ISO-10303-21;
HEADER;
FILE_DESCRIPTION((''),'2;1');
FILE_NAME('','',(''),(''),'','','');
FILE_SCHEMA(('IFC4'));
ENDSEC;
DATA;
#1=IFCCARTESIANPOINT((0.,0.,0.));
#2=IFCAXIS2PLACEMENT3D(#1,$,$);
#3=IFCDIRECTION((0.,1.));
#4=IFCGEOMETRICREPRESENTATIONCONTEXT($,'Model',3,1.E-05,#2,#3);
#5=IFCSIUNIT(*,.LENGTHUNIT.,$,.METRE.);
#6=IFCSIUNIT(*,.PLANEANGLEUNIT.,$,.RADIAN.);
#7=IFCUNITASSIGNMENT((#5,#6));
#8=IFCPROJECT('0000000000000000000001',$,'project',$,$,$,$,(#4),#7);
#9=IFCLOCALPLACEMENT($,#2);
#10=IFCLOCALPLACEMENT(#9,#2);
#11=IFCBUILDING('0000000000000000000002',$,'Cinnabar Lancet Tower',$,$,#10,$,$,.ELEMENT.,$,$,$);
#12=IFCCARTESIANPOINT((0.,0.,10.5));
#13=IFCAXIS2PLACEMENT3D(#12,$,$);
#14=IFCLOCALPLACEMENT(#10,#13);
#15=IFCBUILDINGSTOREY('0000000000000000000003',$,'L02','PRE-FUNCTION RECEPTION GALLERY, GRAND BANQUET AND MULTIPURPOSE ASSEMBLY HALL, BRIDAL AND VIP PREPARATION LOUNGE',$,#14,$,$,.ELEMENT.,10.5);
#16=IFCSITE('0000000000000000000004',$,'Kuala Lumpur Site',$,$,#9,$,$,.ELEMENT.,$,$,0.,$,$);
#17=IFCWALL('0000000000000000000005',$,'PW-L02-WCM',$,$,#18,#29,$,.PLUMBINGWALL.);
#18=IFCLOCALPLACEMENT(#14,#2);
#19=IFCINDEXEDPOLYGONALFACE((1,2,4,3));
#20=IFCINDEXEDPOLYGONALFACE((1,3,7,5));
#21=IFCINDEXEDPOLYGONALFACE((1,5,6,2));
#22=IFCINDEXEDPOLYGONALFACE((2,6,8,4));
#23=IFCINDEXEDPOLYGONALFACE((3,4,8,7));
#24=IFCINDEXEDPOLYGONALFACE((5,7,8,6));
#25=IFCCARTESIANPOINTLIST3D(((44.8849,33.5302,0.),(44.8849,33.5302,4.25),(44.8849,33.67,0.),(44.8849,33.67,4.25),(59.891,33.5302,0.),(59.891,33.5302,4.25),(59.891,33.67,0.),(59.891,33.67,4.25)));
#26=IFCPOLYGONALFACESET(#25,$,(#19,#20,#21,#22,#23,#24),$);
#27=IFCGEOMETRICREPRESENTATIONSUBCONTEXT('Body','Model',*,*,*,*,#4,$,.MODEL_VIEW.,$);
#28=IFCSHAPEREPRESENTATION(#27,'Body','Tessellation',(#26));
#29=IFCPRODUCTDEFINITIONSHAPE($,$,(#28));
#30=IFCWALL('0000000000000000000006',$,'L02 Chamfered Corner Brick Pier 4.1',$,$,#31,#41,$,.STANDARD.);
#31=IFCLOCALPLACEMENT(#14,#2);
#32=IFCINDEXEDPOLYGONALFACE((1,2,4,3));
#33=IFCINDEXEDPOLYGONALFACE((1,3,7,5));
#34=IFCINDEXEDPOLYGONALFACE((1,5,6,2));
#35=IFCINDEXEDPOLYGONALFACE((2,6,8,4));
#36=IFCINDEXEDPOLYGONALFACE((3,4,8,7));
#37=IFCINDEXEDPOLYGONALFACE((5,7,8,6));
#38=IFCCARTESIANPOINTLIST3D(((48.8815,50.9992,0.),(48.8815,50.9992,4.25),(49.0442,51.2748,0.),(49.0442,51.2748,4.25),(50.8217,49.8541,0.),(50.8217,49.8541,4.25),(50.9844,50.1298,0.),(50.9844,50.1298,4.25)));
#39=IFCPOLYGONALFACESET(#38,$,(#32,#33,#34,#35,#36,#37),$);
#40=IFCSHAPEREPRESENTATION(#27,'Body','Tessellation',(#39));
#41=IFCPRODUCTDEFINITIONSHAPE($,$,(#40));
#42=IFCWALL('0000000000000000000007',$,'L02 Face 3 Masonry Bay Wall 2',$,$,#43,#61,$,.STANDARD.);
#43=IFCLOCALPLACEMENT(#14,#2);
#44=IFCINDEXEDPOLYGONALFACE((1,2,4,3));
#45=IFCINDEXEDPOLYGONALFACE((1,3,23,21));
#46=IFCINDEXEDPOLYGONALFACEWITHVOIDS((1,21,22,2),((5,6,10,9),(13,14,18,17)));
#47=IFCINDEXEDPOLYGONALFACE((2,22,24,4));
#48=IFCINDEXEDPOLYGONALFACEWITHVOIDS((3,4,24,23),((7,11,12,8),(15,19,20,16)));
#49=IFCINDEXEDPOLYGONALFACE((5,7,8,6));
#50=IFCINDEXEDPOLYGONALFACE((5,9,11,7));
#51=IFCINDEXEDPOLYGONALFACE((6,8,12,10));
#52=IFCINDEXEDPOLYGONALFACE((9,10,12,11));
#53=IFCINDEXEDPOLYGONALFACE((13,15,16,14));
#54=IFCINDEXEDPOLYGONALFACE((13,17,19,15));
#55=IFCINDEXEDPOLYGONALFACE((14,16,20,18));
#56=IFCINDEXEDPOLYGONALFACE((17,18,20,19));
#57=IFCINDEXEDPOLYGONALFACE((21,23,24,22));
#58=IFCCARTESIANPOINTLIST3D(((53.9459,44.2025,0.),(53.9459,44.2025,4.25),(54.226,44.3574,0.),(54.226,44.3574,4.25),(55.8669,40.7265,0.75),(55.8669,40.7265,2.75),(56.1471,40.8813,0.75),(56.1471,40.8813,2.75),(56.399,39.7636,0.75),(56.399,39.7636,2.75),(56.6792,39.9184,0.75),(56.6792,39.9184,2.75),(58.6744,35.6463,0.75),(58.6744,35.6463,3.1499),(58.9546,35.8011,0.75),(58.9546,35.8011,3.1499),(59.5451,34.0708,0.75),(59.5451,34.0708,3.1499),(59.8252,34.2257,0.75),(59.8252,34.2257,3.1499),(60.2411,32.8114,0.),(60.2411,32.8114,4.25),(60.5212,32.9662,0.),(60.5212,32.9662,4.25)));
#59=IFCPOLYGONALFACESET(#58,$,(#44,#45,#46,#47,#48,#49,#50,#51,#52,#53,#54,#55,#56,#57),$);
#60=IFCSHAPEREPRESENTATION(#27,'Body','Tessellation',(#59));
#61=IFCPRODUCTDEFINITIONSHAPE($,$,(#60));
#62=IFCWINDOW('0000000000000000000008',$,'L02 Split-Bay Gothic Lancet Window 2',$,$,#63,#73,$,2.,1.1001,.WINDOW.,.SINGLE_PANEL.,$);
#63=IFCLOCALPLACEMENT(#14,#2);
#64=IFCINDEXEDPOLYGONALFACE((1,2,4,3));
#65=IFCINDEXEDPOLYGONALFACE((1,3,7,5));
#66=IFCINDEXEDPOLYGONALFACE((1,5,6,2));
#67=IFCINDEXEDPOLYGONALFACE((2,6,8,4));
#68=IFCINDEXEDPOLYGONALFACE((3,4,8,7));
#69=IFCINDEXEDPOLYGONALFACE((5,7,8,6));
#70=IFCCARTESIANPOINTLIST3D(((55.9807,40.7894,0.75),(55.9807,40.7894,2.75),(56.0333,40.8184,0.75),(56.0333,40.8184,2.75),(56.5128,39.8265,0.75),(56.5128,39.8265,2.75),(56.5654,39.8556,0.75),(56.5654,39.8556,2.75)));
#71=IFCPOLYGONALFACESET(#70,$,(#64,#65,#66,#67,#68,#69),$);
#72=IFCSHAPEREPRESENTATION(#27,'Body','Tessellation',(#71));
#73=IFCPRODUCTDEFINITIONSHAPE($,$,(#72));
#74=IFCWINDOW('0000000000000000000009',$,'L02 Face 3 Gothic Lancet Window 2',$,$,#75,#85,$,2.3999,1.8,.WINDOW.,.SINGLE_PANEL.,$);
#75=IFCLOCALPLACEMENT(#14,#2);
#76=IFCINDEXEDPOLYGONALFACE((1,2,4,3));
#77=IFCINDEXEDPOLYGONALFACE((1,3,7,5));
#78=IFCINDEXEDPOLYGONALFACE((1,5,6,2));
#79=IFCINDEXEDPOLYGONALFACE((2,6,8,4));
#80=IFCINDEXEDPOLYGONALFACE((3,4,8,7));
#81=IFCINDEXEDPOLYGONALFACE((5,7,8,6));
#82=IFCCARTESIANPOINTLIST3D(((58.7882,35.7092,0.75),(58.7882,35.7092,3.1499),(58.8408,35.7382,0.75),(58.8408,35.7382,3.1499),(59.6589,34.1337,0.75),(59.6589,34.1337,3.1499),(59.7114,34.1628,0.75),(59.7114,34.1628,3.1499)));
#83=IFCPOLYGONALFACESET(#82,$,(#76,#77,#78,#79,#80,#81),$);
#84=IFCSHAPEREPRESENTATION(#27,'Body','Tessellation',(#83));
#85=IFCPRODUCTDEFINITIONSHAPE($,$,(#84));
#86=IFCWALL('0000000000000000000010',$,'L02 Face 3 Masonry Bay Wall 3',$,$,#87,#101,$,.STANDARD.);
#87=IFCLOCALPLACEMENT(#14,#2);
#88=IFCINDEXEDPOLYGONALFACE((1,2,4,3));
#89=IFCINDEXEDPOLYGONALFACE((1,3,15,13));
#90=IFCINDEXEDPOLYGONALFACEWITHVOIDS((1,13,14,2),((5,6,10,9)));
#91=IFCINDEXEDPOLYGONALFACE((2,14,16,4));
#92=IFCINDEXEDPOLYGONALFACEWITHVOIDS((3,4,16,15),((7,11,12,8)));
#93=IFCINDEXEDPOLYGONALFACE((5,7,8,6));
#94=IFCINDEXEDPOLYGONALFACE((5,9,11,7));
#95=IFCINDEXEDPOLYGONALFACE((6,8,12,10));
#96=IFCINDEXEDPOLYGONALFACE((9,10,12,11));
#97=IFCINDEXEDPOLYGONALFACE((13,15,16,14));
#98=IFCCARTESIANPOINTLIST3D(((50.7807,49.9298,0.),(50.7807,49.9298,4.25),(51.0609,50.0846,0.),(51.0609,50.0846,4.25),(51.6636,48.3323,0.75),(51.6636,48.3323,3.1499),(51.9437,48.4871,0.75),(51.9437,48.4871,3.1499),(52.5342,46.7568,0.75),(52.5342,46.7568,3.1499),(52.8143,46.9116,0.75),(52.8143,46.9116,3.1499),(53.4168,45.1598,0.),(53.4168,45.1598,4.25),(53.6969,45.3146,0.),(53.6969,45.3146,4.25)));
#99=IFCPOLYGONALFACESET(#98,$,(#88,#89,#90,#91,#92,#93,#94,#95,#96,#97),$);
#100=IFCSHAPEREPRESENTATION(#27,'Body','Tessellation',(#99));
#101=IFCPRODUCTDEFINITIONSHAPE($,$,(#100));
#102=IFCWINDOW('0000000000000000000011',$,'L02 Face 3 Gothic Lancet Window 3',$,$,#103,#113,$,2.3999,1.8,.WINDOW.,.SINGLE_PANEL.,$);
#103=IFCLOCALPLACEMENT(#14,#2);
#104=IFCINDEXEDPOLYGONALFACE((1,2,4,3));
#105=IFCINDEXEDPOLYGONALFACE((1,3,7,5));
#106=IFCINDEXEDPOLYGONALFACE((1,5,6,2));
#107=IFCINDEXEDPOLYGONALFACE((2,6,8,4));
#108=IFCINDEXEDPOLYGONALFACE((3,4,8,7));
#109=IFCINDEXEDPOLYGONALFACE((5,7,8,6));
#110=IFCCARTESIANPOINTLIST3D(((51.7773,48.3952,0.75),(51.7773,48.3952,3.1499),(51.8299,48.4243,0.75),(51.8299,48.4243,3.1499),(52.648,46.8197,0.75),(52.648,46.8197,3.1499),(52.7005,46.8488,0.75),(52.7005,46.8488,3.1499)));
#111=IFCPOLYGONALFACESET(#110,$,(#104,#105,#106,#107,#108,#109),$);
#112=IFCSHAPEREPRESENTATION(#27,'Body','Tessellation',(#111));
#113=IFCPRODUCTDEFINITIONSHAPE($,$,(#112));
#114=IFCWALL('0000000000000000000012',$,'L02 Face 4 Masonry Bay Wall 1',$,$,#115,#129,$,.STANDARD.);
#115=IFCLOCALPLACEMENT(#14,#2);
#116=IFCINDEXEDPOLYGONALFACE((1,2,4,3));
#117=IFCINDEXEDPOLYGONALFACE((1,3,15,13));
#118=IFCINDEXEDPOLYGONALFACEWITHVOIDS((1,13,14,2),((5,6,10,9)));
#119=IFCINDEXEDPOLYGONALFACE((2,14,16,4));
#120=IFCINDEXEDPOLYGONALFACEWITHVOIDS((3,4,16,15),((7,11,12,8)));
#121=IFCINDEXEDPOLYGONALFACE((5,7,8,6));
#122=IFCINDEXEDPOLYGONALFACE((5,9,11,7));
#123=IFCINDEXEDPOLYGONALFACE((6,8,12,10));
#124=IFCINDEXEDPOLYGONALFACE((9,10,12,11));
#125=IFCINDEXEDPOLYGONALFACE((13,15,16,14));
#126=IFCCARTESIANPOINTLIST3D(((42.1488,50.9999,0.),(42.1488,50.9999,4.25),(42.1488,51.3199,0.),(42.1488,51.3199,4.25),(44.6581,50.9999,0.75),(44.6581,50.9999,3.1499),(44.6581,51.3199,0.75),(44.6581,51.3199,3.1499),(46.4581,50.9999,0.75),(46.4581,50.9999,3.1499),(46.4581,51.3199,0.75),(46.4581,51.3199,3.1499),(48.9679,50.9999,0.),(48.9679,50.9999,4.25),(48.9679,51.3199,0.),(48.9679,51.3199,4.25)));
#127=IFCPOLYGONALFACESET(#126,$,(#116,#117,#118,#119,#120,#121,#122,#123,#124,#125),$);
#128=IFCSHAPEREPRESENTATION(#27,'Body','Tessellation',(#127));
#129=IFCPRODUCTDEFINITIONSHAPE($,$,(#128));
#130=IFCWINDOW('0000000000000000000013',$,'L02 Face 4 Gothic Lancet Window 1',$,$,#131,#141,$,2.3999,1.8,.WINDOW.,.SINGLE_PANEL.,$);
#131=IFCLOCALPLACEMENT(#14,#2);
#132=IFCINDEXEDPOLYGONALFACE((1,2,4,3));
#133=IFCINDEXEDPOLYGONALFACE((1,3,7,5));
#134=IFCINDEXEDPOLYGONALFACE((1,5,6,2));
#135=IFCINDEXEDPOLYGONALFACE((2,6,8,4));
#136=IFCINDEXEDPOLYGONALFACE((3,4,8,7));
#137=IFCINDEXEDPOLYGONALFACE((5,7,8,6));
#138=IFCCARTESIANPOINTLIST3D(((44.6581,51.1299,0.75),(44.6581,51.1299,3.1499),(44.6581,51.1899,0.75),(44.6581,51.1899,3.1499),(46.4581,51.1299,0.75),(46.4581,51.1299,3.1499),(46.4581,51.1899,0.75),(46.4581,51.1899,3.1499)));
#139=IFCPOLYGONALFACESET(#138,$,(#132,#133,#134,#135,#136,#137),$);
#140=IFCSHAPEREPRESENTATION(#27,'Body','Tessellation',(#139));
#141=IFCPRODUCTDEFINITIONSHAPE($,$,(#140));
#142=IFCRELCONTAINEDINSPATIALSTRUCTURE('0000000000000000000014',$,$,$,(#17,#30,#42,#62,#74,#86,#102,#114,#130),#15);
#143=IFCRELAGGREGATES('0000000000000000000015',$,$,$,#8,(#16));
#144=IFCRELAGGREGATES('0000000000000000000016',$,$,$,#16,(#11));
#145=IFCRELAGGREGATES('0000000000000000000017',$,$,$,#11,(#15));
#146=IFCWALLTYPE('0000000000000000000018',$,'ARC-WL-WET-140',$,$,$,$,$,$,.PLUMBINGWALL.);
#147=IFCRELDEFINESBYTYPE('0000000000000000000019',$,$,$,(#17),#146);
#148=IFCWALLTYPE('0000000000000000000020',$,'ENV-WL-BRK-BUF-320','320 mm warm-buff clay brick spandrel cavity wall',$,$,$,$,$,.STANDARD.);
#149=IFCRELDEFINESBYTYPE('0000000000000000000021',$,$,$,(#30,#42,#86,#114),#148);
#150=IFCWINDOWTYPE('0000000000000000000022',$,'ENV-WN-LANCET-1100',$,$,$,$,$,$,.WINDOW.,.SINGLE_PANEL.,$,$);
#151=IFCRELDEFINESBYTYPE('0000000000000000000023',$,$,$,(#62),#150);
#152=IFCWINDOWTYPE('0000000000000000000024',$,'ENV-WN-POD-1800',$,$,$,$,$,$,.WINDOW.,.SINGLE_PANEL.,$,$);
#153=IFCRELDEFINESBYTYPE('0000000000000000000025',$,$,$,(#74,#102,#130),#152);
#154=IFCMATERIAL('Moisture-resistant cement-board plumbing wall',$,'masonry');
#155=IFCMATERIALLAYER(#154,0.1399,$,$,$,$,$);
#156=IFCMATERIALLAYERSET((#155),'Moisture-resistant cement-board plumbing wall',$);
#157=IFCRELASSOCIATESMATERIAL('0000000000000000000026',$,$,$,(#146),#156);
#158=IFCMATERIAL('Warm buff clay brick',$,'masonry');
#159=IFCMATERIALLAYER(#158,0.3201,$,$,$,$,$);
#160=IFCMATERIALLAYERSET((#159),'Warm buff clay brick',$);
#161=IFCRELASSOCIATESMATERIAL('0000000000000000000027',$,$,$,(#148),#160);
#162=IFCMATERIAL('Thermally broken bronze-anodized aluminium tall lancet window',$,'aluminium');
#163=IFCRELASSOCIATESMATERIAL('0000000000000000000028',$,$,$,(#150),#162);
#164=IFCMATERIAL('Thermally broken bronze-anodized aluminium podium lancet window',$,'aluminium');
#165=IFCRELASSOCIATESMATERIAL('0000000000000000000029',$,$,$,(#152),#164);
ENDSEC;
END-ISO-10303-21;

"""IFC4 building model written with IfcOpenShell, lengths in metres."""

from ifc_helpers import new_model, si_unit, direction, frame, frame_2d, origin, place, context, subcontext, project, spatial, rectangle, extrude, material, layer, layer_set, type_object, element, fill, save


model = new_model("IFC4")

# Units and contexts
model_context = context("Model", 3, precision=1e-05, world=origin(), true_north=direction((0.0, 1.0)))
body_context = subcontext(model_context, "Body", "Model", "MODEL_VIEW")
ifc_project = project(units=[si_unit("LENGTHUNIT", "METRE"), si_unit("PLANEANGLEUNIT", "RADIAN")], contexts=[model_context])

# Site, building, storey
site_placement = place(None, origin())
site = spatial("IfcSite", under=ifc_project, at=site_placement, Name="Kuala Lumpur Site", CompositionType="ELEMENT", RefElevation=0.0)
building_placement = place(site_placement, origin())
building = spatial("IfcBuilding", under=site, at=building_placement, Name="Cinnabar Lancet Tower", CompositionType="ELEMENT")
storey_placement = place(building_placement, frame((0.0, 0.0, 10.5)))
storey = spatial("IfcBuildingStorey", under=building, at=storey_placement, Name="L02", Description="PRE-FUNCTION RECEPTION GALLERY, GRAND BANQUET AND MULTIPURPOSE ASSEMBLY HALL, BRIDAL AND VIP PREPARATION LOUNGE", CompositionType="ELEMENT", Elevation=10.5)

# Walls
ifc_material_1 = material(Name="Moisture-resistant cement-board plumbing wall", Category="masonry")
ifc_layer_1 = layer(ifc_material_1, 0.1399)
ifc_layer_set_1 = layer_set([ifc_layer_1], Name="Moisture-resistant cement-board plumbing wall")
wall_type_1 = type_object("IfcWallType", Name="ARC-WL-WET-140", PredefinedType="PLUMBINGWALL", material=ifc_layer_set_1)
wall_1_placement = place(storey_placement, frame((44.885, 33.6001, 0.0), z_axis=(0.0, 0.0, 1.0), x_axis=(1.0, 0.0, 0.0)))
element("IfcWall", 1, at=wall_1_placement, inside=storey, type_object=wall_type_1, Name="PW-L02-WCM", PredefinedType="PLUMBINGWALL", context=body_context, shape_type="SweptSolid", body=[
    extrude(rectangle(XDim=15.0061, YDim=0.1399, at=frame_2d((7.5029, 0.0))), origin(), (0.0, 0.0, 1.0), 4.25),
])
ifc_material_2 = material(Name="Warm buff clay brick", Category="masonry")
ifc_layer_2 = layer(ifc_material_2, 0.3201)
ifc_layer_set_2 = layer_set([ifc_layer_2], Name="Warm buff clay brick")
wall_type_2 = type_object("IfcWallType", Name="ENV-WL-BRK-BUF-320", Description="320 mm warm-buff clay brick spandrel cavity wall", PredefinedType="STANDARD", material=ifc_layer_set_2)
wall_2_placement = place(storey_placement, frame((50.9031, 49.9919, 0.0), z_axis=(0.0, 0.0, 1.0), x_axis=(-0.861209, 0.508251, 0.0)))
element("IfcWall", 2, at=wall_2_placement, inside=storey, type_object=wall_type_2, Name="L02 Chamfered Corner Brick Pier 4.1", PredefinedType="STANDARD", context=body_context, shape_type="SweptSolid", body=[
    extrude(rectangle(XDim=2.2529, YDim=0.3201, at=frame_2d((1.1265, 0.0))), origin(), (0.0, 0.0, 1.0), 4.25),
])

# Wall, openings, windows
wall_3_placement = place(storey_placement, frame((60.3811, 32.8889, 0.0), z_axis=(0.0, 0.0, 1.0), x_axis=(-0.483691, 0.875239, 0.0)))
wall_3 = element("IfcWall", 3, at=wall_3_placement, inside=storey, type_object=wall_type_2, Name="L02 Face 3 Masonry Bay Wall 2", PredefinedType="STANDARD", context=body_context, shape_type="SweptSolid", body=[
    extrude(rectangle(XDim=13.0149, YDim=0.3201, at=frame_2d((6.5073, 0.0))), origin(), (0.0, 0.0, 1.0), 4.25),
])
opening_1_placement = place(wall_3_placement, frame((1.439, 0.0, 0.75)))
opening_1 = element("IfcOpeningElement", 4, at=opening_1_placement, cuts=wall_3, PredefinedType="OPENING", context=body_context, shape_type="SweptSolid", body=[
    extrude(rectangle(XDim=1.8, YDim=2.3999, at=frame_2d((0.8999, 1.2))), frame((0.0, 0.1699, 0.0), z_axis=(0.0, -1.0, 0.0), x_axis=(1.0, 0.0, 0.0)), (0.0, 0.0, 1.0), 0.3401),
])
opening_2_placement = place(wall_3_placement, frame((7.9431, 0.0, 0.75)))
opening_2 = element("IfcOpeningElement", 5, at=opening_2_placement, cuts=wall_3, PredefinedType="OPENING", context=body_context, shape_type="SweptSolid", body=[
    extrude(rectangle(XDim=1.1001, YDim=2.0, at=frame_2d((0.55, 1.0))), frame((0.0, 0.1699, 0.0), z_axis=(0.0, -1.0, 0.0), x_axis=(1.0, 0.0, 0.0)), (0.0, 0.0, 1.0), 0.3401),
])
ifc_material_3 = material(Name="Thermally broken bronze-anodized aluminium tall lancet window", Category="aluminium")
window_type_1 = type_object("IfcWindowType", Name="ENV-WN-LANCET-1100", PartitioningType="SINGLE_PANEL", PredefinedType="WINDOW", material=ifc_material_3)
window_1_placement = place(opening_2_placement, origin())
window_1 = element("IfcWindow", 6, at=window_1_placement, inside=storey, type_object=window_type_1, Name="L02 Split-Bay Gothic Lancet Window 2", OverallHeight=2.0, OverallWidth=1.1001, PartitioningType="SINGLE_PANEL", PredefinedType="WINDOW", context=body_context, shape_type="SweptSolid", body=[
    extrude(rectangle(XDim=1.1001, YDim=2.0, at=frame_2d((0.55, 1.0))), frame((0.0, 0.03, 0.0), z_axis=(0.0, -1.0, 0.0), x_axis=(1.0, 0.0, 0.0)), (0.0, 0.0, 1.0), 0.0601),
])
fill(opening_2, window_1)
ifc_material_4 = material(Name="Thermally broken bronze-anodized aluminium podium lancet window", Category="aluminium")
window_type_2 = type_object("IfcWindowType", Name="ENV-WN-POD-1800", PartitioningType="SINGLE_PANEL", PredefinedType="WINDOW", material=ifc_material_4)
window_2_placement = place(opening_1_placement, origin())
window_2 = element("IfcWindow", 7, at=window_2_placement, inside=storey, type_object=window_type_2, Name="L02 Face 3 Gothic Lancet Window 2", OverallHeight=2.3999, OverallWidth=1.8, PartitioningType="SINGLE_PANEL", PredefinedType="WINDOW", context=body_context, shape_type="SweptSolid", body=[
    extrude(rectangle(XDim=1.8, YDim=2.3999, at=frame_2d((0.8999, 1.2))), frame((0.0, 0.03, 0.0), z_axis=(0.0, -1.0, 0.0), x_axis=(1.0, 0.0, 0.0)), (0.0, 0.0, 1.0), 0.0601),
])
fill(opening_1, window_2)

# Walls, openings, windows
wall_4_placement = place(storey_placement, frame((53.5569, 45.2371, 0.0), z_axis=(0.0, 0.0, 1.0), x_axis=(-0.483675, 0.875248, 0.0)))
wall_4 = element("IfcWall", 8, at=wall_4_placement, inside=storey, type_object=wall_type_2, Name="L02 Face 3 Masonry Bay Wall 3", PredefinedType="STANDARD", context=body_context, shape_type="SweptSolid", body=[
    extrude(rectangle(XDim=5.45, YDim=0.3201, at=frame_2d((2.7251, 0.0))), origin(), (0.0, 0.0, 1.0), 4.25),
])
opening_3_placement = place(wall_4_placement, frame((1.825, 0.0, 0.75)))
opening_3 = element("IfcOpeningElement", 9, at=opening_3_placement, cuts=wall_4, PredefinedType="OPENING", context=body_context, shape_type="SweptSolid", body=[
    extrude(rectangle(XDim=1.8, YDim=2.3999, at=frame_2d((0.8999, 1.2))), frame((0.0, 0.1699, 0.0), z_axis=(0.0, -1.0, 0.0), x_axis=(1.0, 0.0, 0.0)), (0.0, 0.0, 1.0), 0.3401),
])
window_3_placement = place(opening_3_placement, origin())
window_3 = element("IfcWindow", 10, at=window_3_placement, inside=storey, type_object=window_type_2, Name="L02 Face 3 Gothic Lancet Window 3", OverallHeight=2.3999, OverallWidth=1.8, PartitioningType="SINGLE_PANEL", PredefinedType="WINDOW", context=body_context, shape_type="SweptSolid", body=[
    extrude(rectangle(XDim=1.8, YDim=2.3999, at=frame_2d((0.8999, 1.2))), frame((0.0, 0.03, 0.0), z_axis=(0.0, -1.0, 0.0), x_axis=(1.0, 0.0, 0.0)), (0.0, 0.0, 1.0), 0.0601),
])
fill(opening_3, window_3)
wall_5_placement = place(storey_placement, frame((48.968, 51.1599, 0.0), z_axis=(0.0, 0.0, 1.0), x_axis=(-1.0, 0.0, 0.0)))
wall_5 = element("IfcWall", 11, at=wall_5_placement, inside=storey, type_object=wall_type_2, Name="L02 Face 4 Masonry Bay Wall 1", PredefinedType="STANDARD", context=body_context, shape_type="SweptSolid", body=[
    extrude(rectangle(XDim=6.8191, YDim=0.3201, at=frame_2d((3.4097, 0.0))), origin(), (0.0, 0.0, 1.0), 4.25),
])
opening_4_placement = place(wall_5_placement, frame((2.51, 0.0, 0.75)))
opening_4 = element("IfcOpeningElement", 12, at=opening_4_placement, cuts=wall_5, PredefinedType="OPENING", context=body_context, shape_type="SweptSolid", body=[
    extrude(rectangle(XDim=1.8, YDim=2.3999, at=frame_2d((0.8999, 1.2))), frame((0.0, 0.1699, 0.0), z_axis=(0.0, -1.0, 0.0), x_axis=(1.0, 0.0, 0.0)), (0.0, 0.0, 1.0), 0.3401),
])
window_4_placement = place(opening_4_placement, origin())
window_4 = element("IfcWindow", 13, at=window_4_placement, inside=storey, type_object=window_type_2, Name="L02 Face 4 Gothic Lancet Window 1", OverallHeight=2.3999, OverallWidth=1.8, PartitioningType="SINGLE_PANEL", PredefinedType="WINDOW", context=body_context, shape_type="SweptSolid", body=[
    extrude(rectangle(XDim=1.8, YDim=2.3999, at=frame_2d((0.8999, 1.2))), frame((0.0, 0.03, 0.0), z_axis=(0.0, -1.0, 0.0), x_axis=(1.0, 0.0, 0.0)), (0.0, 0.0, 1.0), 0.0601),
])
fill(opening_4, window_4)

save(model, "model.ifc")
